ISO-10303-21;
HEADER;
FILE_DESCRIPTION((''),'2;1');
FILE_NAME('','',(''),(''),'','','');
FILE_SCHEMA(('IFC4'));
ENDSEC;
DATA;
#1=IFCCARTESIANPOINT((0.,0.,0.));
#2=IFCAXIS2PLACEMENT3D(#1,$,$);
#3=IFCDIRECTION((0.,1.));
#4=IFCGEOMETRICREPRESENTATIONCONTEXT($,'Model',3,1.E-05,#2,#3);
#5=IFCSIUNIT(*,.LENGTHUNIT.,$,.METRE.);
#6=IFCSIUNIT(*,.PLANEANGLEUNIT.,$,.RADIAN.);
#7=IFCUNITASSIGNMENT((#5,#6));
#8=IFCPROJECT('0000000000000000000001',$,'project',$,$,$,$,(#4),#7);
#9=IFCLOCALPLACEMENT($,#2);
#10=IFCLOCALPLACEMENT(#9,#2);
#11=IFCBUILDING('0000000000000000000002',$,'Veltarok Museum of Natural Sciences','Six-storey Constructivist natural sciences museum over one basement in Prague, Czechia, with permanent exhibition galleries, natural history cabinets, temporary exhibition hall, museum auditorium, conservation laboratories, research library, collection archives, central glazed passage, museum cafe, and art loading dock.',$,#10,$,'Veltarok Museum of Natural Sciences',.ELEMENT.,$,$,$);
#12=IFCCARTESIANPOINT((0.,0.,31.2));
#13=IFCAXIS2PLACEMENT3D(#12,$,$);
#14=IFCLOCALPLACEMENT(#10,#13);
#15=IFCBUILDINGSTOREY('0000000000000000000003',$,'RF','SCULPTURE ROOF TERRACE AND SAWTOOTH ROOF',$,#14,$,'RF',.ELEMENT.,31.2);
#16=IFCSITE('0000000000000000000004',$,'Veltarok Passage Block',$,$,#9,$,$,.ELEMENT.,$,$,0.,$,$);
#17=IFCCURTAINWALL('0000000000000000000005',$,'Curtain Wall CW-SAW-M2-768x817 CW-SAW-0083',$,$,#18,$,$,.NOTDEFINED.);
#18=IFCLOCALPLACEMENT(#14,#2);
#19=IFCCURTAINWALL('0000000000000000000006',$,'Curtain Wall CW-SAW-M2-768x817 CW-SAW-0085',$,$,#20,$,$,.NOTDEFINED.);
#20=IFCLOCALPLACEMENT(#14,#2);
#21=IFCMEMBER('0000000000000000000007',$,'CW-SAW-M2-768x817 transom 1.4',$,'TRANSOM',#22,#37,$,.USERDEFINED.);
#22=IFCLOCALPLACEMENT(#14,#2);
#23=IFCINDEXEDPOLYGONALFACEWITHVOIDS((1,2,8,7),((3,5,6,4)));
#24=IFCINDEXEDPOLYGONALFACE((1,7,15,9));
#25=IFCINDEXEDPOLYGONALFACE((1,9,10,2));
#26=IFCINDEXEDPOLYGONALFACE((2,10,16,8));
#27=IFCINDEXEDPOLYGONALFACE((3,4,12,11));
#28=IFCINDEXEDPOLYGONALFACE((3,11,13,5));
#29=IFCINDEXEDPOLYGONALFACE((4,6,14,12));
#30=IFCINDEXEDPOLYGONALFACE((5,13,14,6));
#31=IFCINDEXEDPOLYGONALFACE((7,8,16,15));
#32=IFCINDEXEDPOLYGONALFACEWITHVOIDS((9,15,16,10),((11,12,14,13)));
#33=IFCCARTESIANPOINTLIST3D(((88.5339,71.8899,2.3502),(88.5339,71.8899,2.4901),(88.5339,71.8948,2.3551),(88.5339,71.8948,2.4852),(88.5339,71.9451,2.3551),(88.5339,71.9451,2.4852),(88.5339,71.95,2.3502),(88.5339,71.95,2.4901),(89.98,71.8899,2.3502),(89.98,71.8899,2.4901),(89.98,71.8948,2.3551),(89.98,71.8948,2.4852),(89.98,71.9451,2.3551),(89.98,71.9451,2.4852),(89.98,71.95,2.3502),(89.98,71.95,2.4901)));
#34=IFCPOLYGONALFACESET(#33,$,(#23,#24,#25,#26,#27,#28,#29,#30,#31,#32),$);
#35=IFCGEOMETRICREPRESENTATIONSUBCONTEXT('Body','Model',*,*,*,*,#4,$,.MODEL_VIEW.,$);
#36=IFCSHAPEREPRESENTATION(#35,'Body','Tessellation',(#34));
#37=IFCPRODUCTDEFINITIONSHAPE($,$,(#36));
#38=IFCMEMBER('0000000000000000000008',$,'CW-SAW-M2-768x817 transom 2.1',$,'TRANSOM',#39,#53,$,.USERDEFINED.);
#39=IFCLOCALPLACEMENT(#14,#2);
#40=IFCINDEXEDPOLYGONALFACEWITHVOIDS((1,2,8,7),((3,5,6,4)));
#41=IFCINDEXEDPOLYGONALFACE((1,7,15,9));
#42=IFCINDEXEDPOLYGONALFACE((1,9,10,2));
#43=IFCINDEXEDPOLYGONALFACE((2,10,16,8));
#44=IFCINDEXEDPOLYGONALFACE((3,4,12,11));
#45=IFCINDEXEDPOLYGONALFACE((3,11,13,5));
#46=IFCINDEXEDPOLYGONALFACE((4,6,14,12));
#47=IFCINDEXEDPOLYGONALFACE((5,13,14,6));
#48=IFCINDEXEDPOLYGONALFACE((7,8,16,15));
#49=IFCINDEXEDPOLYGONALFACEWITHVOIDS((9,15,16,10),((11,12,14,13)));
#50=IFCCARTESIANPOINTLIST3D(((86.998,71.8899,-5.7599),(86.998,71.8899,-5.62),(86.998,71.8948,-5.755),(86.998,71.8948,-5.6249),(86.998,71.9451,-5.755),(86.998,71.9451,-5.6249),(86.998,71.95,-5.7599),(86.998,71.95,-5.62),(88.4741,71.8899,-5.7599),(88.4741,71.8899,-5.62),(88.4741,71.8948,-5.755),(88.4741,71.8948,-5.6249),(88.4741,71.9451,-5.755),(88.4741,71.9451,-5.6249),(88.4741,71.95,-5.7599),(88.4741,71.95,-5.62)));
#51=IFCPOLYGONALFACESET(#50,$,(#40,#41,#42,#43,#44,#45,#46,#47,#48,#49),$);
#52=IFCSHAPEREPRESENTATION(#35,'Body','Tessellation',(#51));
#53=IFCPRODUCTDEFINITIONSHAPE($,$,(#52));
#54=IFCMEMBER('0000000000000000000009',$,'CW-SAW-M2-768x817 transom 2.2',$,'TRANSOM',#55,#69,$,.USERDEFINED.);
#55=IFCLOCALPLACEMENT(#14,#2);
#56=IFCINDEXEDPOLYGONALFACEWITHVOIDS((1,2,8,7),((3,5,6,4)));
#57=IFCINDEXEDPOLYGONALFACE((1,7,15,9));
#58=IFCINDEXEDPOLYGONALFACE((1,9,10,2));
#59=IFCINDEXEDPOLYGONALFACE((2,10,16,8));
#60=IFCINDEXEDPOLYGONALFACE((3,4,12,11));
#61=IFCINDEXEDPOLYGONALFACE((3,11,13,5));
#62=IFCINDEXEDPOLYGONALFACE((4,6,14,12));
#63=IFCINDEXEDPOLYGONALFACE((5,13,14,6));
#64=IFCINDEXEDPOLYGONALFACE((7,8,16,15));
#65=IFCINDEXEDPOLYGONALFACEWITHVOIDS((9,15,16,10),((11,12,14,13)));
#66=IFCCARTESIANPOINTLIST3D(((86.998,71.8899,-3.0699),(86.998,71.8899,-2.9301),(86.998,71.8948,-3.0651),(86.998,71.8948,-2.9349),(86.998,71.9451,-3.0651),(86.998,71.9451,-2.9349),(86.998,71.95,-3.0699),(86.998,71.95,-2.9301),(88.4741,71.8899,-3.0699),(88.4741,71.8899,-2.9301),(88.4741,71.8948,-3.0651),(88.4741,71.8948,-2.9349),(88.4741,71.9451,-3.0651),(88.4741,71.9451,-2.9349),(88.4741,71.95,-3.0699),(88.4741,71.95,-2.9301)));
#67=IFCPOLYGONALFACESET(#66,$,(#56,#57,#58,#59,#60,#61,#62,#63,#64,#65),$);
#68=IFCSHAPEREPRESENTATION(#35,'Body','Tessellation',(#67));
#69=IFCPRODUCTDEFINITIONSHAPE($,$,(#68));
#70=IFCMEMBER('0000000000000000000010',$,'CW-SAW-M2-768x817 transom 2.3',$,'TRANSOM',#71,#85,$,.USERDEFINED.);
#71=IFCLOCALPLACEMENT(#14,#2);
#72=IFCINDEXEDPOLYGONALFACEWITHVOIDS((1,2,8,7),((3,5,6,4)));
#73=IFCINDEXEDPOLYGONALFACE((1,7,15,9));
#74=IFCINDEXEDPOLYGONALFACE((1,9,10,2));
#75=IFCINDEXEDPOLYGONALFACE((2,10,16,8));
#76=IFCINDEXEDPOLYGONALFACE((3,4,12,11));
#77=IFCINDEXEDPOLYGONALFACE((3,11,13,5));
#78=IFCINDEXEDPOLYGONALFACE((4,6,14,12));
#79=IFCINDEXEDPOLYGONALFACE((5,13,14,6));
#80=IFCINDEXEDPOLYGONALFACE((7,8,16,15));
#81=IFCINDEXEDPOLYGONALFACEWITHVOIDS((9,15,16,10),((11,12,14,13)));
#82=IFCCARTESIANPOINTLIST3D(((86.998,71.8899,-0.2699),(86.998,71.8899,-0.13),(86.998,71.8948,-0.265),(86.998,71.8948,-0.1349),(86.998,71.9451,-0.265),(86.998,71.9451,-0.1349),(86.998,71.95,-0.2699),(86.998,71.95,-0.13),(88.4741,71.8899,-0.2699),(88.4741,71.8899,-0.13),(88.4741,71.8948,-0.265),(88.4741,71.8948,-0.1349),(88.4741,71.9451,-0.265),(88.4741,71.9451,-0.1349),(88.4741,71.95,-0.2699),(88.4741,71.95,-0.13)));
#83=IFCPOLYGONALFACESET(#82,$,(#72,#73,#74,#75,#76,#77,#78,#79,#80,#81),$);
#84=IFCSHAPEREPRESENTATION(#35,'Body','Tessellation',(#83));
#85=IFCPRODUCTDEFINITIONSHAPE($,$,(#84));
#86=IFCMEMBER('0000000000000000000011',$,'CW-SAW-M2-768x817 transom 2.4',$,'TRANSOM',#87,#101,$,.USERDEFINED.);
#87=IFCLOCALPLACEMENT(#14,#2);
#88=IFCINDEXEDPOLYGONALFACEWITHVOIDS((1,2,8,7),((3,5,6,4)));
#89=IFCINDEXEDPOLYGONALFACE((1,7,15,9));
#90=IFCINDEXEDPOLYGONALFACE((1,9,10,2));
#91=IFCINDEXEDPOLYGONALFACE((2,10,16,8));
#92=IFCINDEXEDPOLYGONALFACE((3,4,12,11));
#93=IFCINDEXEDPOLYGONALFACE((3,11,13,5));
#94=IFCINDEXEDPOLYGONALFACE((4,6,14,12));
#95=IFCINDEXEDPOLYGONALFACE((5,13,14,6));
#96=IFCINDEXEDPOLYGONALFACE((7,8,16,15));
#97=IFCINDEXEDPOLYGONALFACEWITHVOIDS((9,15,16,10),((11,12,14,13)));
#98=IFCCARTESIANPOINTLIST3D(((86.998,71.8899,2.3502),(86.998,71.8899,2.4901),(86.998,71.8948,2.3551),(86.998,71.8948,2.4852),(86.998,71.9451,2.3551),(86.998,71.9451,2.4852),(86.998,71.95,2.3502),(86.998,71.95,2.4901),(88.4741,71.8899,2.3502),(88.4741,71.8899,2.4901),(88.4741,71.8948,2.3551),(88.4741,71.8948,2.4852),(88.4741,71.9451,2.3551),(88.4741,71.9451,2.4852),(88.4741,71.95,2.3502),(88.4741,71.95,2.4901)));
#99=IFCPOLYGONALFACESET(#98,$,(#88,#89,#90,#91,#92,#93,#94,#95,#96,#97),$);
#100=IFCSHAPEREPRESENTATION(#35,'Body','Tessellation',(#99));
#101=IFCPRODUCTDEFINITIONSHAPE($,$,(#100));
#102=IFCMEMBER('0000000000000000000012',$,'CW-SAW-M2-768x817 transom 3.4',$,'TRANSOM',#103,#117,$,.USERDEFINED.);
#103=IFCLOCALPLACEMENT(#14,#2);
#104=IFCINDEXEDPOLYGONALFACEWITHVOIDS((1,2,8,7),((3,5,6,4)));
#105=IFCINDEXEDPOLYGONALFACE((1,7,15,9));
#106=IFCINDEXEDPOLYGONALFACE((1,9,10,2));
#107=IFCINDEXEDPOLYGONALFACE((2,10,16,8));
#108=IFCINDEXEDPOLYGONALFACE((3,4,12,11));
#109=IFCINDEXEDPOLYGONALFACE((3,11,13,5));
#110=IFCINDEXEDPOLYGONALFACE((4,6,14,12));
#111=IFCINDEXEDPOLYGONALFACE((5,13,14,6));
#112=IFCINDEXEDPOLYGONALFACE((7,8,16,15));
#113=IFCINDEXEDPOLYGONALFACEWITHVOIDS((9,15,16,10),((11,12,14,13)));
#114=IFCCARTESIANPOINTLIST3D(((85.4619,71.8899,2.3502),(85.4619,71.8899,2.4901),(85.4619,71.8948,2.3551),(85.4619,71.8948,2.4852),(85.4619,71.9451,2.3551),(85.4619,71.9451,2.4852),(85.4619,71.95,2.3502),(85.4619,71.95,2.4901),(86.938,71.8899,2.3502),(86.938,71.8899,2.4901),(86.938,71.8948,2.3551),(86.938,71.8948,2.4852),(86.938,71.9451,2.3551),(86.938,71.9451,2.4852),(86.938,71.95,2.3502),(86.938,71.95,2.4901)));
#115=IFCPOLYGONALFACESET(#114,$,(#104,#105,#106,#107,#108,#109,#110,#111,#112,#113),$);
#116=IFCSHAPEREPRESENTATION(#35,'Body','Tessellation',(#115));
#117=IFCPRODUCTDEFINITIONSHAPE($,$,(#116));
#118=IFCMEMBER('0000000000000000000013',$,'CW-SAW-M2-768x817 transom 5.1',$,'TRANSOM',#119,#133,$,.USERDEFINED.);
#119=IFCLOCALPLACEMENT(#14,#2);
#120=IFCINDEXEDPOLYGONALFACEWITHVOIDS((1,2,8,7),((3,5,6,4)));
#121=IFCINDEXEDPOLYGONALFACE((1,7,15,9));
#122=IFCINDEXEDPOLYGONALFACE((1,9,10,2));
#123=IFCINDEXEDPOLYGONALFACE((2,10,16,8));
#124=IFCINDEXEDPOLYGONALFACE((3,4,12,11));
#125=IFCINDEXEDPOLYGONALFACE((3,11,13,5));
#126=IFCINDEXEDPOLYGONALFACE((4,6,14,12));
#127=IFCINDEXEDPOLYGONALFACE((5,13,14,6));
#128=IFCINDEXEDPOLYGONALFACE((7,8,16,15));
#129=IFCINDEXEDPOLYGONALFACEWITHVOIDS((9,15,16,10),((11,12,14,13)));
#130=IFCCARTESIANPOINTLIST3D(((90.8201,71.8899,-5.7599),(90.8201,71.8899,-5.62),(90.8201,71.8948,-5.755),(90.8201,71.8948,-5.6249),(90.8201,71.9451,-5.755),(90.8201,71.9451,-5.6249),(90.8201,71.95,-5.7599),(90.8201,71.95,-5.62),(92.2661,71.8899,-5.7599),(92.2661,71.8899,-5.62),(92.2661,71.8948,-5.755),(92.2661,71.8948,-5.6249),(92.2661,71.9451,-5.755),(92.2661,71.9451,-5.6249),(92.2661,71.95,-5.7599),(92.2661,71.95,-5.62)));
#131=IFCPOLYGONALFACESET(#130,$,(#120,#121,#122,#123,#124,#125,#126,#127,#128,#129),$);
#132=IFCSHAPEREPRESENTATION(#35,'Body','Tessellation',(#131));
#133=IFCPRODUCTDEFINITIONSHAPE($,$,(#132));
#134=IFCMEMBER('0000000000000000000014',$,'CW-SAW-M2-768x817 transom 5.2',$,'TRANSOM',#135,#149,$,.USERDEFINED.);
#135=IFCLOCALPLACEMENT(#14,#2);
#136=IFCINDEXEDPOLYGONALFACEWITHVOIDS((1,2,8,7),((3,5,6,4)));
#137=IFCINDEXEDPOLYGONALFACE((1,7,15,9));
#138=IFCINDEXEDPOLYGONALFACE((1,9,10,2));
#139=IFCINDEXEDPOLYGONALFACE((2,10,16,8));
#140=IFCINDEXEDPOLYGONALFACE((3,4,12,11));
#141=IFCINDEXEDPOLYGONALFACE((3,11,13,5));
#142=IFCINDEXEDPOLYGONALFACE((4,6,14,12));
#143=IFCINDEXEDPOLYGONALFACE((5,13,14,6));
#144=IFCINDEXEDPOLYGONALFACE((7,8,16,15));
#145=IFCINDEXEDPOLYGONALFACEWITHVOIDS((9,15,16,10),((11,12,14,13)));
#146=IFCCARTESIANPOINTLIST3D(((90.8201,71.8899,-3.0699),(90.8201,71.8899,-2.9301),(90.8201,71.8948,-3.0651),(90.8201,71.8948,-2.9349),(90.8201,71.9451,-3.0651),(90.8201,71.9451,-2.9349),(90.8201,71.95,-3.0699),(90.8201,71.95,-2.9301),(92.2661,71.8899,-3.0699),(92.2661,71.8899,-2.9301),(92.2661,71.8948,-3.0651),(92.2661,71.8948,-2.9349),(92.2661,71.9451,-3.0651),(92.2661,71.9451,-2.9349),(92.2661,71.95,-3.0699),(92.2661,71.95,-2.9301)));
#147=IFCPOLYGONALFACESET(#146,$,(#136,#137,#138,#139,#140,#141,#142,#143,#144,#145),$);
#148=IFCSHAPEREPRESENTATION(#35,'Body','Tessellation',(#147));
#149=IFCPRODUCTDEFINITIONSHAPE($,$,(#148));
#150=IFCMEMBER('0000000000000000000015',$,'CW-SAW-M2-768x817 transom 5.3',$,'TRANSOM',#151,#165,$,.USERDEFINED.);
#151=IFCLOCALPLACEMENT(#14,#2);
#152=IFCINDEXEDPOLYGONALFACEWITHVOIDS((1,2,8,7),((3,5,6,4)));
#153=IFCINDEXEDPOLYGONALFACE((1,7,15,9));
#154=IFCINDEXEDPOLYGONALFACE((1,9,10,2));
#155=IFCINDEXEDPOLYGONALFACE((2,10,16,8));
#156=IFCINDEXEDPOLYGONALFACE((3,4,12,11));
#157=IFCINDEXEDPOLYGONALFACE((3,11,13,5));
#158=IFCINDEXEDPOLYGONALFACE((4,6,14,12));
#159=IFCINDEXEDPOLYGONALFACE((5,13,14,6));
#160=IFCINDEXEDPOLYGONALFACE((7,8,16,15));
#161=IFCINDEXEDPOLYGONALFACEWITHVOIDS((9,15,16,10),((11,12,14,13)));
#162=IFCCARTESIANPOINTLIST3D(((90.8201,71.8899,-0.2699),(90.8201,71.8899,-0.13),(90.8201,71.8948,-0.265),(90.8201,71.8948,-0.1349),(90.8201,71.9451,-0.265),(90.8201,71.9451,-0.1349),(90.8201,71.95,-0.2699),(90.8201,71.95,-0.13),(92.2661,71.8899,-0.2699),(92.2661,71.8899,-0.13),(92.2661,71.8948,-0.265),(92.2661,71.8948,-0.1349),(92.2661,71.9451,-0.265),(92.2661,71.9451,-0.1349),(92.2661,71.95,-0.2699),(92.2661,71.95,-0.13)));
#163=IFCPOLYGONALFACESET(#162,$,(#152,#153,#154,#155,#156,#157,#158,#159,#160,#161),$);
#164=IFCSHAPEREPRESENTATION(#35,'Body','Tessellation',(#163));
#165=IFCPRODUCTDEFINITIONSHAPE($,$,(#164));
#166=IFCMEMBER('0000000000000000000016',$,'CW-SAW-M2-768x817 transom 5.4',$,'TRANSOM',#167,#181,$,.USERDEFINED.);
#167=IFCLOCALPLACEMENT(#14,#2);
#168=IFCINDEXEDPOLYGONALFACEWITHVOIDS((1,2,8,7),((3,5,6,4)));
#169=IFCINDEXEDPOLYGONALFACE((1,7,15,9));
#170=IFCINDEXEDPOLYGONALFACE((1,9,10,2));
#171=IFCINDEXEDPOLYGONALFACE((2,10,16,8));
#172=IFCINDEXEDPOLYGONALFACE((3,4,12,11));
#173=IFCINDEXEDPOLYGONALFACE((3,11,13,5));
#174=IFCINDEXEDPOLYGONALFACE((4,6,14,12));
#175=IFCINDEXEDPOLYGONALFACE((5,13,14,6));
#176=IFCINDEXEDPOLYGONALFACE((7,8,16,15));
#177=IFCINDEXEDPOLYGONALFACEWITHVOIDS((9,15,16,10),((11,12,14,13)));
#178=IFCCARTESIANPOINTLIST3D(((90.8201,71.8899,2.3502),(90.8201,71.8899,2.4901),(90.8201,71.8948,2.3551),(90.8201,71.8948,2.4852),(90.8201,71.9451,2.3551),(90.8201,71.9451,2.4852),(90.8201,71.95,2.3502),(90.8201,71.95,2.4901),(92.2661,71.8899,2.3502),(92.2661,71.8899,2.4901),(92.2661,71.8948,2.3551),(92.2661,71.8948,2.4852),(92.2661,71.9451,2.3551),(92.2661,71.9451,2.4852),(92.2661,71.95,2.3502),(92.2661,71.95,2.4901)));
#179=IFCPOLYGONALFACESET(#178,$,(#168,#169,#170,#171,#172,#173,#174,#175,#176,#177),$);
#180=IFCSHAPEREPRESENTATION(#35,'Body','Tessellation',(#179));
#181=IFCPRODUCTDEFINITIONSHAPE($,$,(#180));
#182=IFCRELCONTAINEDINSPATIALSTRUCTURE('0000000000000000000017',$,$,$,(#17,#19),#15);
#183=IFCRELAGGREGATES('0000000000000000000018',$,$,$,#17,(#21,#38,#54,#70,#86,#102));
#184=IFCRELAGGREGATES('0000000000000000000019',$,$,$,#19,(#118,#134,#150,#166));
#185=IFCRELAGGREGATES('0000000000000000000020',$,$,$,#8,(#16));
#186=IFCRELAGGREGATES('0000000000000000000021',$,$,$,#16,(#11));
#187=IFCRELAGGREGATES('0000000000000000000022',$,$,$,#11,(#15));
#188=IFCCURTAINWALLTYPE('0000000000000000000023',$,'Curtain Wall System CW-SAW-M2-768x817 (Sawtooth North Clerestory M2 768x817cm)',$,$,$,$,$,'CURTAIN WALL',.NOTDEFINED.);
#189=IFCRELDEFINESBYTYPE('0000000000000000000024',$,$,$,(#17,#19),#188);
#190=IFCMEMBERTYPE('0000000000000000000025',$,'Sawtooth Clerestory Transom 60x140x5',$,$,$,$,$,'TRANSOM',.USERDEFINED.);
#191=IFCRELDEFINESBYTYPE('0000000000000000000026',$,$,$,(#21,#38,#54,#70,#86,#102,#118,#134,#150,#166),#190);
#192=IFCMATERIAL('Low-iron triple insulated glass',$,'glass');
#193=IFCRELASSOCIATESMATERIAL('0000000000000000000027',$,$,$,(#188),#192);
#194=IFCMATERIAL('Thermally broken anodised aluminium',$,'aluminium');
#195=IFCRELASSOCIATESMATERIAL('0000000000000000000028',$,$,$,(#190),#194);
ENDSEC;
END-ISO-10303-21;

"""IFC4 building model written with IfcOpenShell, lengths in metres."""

from ifc_helpers import new_model, si_unit, direction, frame, origin, origin_2d, place, context, subcontext, project, spatial, hollow_rectangle, extrude, material, material_profile, profile_set, type_object, element, aggregate, save


model = new_model("IFC4")

# Units and contexts
model_context = context("Model", 3, precision=1e-05, world=origin(), true_north=direction((0.0, 1.0)))
body_context = subcontext(model_context, "Body", "Model", "MODEL_VIEW")
ifc_project = project(units=[si_unit("LENGTHUNIT", "METRE"), si_unit("PLANEANGLEUNIT", "RADIAN")], contexts=[model_context])

# Site, building, storey
site_placement = place(None, origin())
site = spatial("IfcSite", under=ifc_project, at=site_placement, Name="Veltarok Passage Block", CompositionType="ELEMENT", RefElevation=0.0)
building_placement = place(site_placement, origin())
building = spatial("IfcBuilding", under=site, at=building_placement, Name="Veltarok Museum of Natural Sciences", Description="Six-storey Constructivist natural sciences museum over one basement in Prague, Czechia, with permanent exhibition galleries, natural history cabinets, temporary exhibition hall, museum auditorium, conservation laboratories, research library, collection archives, central glazed passage, museum cafe, and art loading dock.", LongName="Veltarok Museum of Natural Sciences", CompositionType="ELEMENT")
storey_placement = place(building_placement, frame((0.0, 0.0, 31.2)))
storey = spatial("IfcBuildingStorey", under=building, at=storey_placement, Name="RF", Description="SCULPTURE ROOF TERRACE AND SAWTOOTH ROOF", LongName="RF", CompositionType="ELEMENT", Elevation=31.2)

# Curtain walls
ifc_material_1 = material(Name="Low-iron triple insulated glass", Category="glass")
curtain_wall_type = type_object("IfcCurtainWallType", Name="Curtain Wall System CW-SAW-M2-768x817 (Sawtooth North Clerestory M2 768x817cm)", ElementType="CURTAIN WALL", PredefinedType="NOTDEFINED", material=ifc_material_1)
curtain_wall_1_placement = place(storey_placement, origin())
curtain_wall_1 = element("IfcCurtainWall", 1, at=curtain_wall_1_placement, inside=storey, type_object=curtain_wall_type, Name="Curtain Wall CW-SAW-M2-768x817 CW-SAW-0083", PredefinedType="NOTDEFINED")
ifc_material_2 = material(Name="Thermally broken anodised aluminium", Category="aluminium")
curtain_wall_2_placement = place(storey_placement, origin())
curtain_wall_2 = element("IfcCurtainWall", 2, at=curtain_wall_2_placement, inside=storey, type_object=curtain_wall_type, Name="Curtain Wall CW-SAW-M2-768x817 CW-SAW-0085", PredefinedType="NOTDEFINED")

# Members
ifc_material_profile_1 = material_profile(ifc_material_2, hollow_rectangle(XDim=0.0601, YDim=0.1399, WallThickness=0.0049, at=origin_2d()), Name="CW TRANSOM 60x140x5")
ifc_profile_set_1 = profile_set([ifc_material_profile_1], Name="Thermally broken anodised aluminium")
member_type_1 = type_object("IfcMemberType", Name="Sawtooth Clerestory Transom 60x140x5", ElementType="TRANSOM", PredefinedType="USERDEFINED", material=ifc_profile_set_1)
member_1_placement = place(storey_placement, frame((89.98, 71.9199, 2.4202), z_axis=(-1.0, 0.0, 0.0), x_axis=(0.0, -1.0, 0.0)))
member_1 = element("IfcMember", 3, at=member_1_placement, type_object=member_type_1, Name="CW-SAW-M2-768x817 transom 1.4", ObjectType="TRANSOM", PredefinedType="USERDEFINED", context=body_context, shape_type="SweptSolid", body=[
    extrude(hollow_rectangle(XDim=0.0601, YDim=0.1399, WallThickness=0.0049, at=origin_2d()), origin(), (0.0, 0.0, 1.0), 1.446),
])
member_2_placement = place(storey_placement, frame((88.4741, 71.9199, -5.6899), z_axis=(-1.0, 0.0, 0.0), x_axis=(0.0, -1.0, 0.0)))
member_2 = element("IfcMember", 4, at=member_2_placement, type_object=member_type_1, Name="CW-SAW-M2-768x817 transom 2.1", ObjectType="TRANSOM", PredefinedType="USERDEFINED", context=body_context, shape_type="SweptSolid", body=[
    extrude(hollow_rectangle(XDim=0.0601, YDim=0.1399, WallThickness=0.0049, at=origin_2d()), origin(), (0.0, 0.0, 1.0), 1.4761),
])
member_3_placement = place(storey_placement, frame((88.4741, 71.9199, -3.0), z_axis=(-1.0, 0.0, 0.0), x_axis=(0.0, -1.0, 0.0)))
member_3 = element("IfcMember", 5, at=member_3_placement, type_object=member_type_1, Name="CW-SAW-M2-768x817 transom 2.2", ObjectType="TRANSOM", PredefinedType="USERDEFINED", context=body_context, shape_type="SweptSolid", body=[
    extrude(hollow_rectangle(XDim=0.0601, YDim=0.1399, WallThickness=0.0049, at=origin_2d()), origin(), (0.0, 0.0, 1.0), 1.4761),
])
member_4_placement = place(storey_placement, frame((88.4741, 71.9199, -0.2), z_axis=(-1.0, 0.0, 0.0), x_axis=(0.0, -1.0, 0.0)))
member_4 = element("IfcMember", 6, at=member_4_placement, type_object=member_type_1, Name="CW-SAW-M2-768x817 transom 2.3", ObjectType="TRANSOM", PredefinedType="USERDEFINED", context=body_context, shape_type="SweptSolid", body=[
    extrude(hollow_rectangle(XDim=0.0601, YDim=0.1399, WallThickness=0.0049, at=origin_2d()), origin(), (0.0, 0.0, 1.0), 1.4761),
])
member_5_placement = place(storey_placement, frame((88.4741, 71.9199, 2.4202), z_axis=(-1.0, 0.0, 0.0), x_axis=(0.0, -1.0, 0.0)))
member_5 = element("IfcMember", 7, at=member_5_placement, type_object=member_type_1, Name="CW-SAW-M2-768x817 transom 2.4", ObjectType="TRANSOM", PredefinedType="USERDEFINED", context=body_context, shape_type="SweptSolid", body=[
    extrude(hollow_rectangle(XDim=0.0601, YDim=0.1399, WallThickness=0.0049, at=origin_2d()), origin(), (0.0, 0.0, 1.0), 1.4761),
])
member_6_placement = place(storey_placement, frame((86.938, 71.9199, 2.4202), z_axis=(-1.0, 0.0, 0.0), x_axis=(0.0, -1.0, 0.0)))
member_6 = element("IfcMember", 8, at=member_6_placement, type_object=member_type_1, Name="CW-SAW-M2-768x817 transom 3.4", ObjectType="TRANSOM", PredefinedType="USERDEFINED", context=body_context, shape_type="SweptSolid", body=[
    extrude(hollow_rectangle(XDim=0.0601, YDim=0.1399, WallThickness=0.0049, at=origin_2d()), origin(), (0.0, 0.0, 1.0), 1.4761),
])
member_7_placement = place(storey_placement, frame((92.2661, 71.9199, -5.6899), z_axis=(-1.0, 0.0, 0.0), x_axis=(0.0, -1.0, 0.0)))
member_7 = element("IfcMember", 9, at=member_7_placement, type_object=member_type_1, Name="CW-SAW-M2-768x817 transom 5.1", ObjectType="TRANSOM", PredefinedType="USERDEFINED", context=body_context, shape_type="SweptSolid", body=[
    extrude(hollow_rectangle(XDim=0.0601, YDim=0.1399, WallThickness=0.0049, at=origin_2d()), origin(), (0.0, 0.0, 1.0), 1.446),
])
member_8_placement = place(storey_placement, frame((92.2661, 71.9199, -3.0), z_axis=(-1.0, 0.0, 0.0), x_axis=(0.0, -1.0, 0.0)))
member_8 = element("IfcMember", 10, at=member_8_placement, type_object=member_type_1, Name="CW-SAW-M2-768x817 transom 5.2", ObjectType="TRANSOM", PredefinedType="USERDEFINED", context=body_context, shape_type="SweptSolid", body=[
    extrude(hollow_rectangle(XDim=0.0601, YDim=0.1399, WallThickness=0.0049, at=origin_2d()), origin(), (0.0, 0.0, 1.0), 1.446),
])
member_9_placement = place(storey_placement, frame((92.2661, 71.9199, -0.2), z_axis=(-1.0, 0.0, 0.0), x_axis=(0.0, -1.0, 0.0)))
member_9 = element("IfcMember", 11, at=member_9_placement, type_object=member_type_1, Name="CW-SAW-M2-768x817 transom 5.3", ObjectType="TRANSOM", PredefinedType="USERDEFINED", context=body_context, shape_type="SweptSolid", body=[
    extrude(hollow_rectangle(XDim=0.0601, YDim=0.1399, WallThickness=0.0049, at=origin_2d()), origin(), (0.0, 0.0, 1.0), 1.446),
])
member_10_placement = place(storey_placement, frame((92.2661, 71.9199, 2.4202), z_axis=(-1.0, 0.0, 0.0), x_axis=(0.0, -1.0, 0.0)))
member_10 = element("IfcMember", 12, at=member_10_placement, type_object=member_type_1, Name="CW-SAW-M2-768x817 transom 5.4", ObjectType="TRANSOM", PredefinedType="USERDEFINED", context=body_context, shape_type="SweptSolid", body=[
    extrude(hollow_rectangle(XDim=0.0601, YDim=0.1399, WallThickness=0.0049, at=origin_2d()), origin(), (0.0, 0.0, 1.0), 1.446),
])

aggregate(curtain_wall_1, [member_1, member_2, member_3, member_4, member_5, member_6])
aggregate(curtain_wall_2, [member_7, member_8, member_9, member_10])

save(model, "model.ifc")
